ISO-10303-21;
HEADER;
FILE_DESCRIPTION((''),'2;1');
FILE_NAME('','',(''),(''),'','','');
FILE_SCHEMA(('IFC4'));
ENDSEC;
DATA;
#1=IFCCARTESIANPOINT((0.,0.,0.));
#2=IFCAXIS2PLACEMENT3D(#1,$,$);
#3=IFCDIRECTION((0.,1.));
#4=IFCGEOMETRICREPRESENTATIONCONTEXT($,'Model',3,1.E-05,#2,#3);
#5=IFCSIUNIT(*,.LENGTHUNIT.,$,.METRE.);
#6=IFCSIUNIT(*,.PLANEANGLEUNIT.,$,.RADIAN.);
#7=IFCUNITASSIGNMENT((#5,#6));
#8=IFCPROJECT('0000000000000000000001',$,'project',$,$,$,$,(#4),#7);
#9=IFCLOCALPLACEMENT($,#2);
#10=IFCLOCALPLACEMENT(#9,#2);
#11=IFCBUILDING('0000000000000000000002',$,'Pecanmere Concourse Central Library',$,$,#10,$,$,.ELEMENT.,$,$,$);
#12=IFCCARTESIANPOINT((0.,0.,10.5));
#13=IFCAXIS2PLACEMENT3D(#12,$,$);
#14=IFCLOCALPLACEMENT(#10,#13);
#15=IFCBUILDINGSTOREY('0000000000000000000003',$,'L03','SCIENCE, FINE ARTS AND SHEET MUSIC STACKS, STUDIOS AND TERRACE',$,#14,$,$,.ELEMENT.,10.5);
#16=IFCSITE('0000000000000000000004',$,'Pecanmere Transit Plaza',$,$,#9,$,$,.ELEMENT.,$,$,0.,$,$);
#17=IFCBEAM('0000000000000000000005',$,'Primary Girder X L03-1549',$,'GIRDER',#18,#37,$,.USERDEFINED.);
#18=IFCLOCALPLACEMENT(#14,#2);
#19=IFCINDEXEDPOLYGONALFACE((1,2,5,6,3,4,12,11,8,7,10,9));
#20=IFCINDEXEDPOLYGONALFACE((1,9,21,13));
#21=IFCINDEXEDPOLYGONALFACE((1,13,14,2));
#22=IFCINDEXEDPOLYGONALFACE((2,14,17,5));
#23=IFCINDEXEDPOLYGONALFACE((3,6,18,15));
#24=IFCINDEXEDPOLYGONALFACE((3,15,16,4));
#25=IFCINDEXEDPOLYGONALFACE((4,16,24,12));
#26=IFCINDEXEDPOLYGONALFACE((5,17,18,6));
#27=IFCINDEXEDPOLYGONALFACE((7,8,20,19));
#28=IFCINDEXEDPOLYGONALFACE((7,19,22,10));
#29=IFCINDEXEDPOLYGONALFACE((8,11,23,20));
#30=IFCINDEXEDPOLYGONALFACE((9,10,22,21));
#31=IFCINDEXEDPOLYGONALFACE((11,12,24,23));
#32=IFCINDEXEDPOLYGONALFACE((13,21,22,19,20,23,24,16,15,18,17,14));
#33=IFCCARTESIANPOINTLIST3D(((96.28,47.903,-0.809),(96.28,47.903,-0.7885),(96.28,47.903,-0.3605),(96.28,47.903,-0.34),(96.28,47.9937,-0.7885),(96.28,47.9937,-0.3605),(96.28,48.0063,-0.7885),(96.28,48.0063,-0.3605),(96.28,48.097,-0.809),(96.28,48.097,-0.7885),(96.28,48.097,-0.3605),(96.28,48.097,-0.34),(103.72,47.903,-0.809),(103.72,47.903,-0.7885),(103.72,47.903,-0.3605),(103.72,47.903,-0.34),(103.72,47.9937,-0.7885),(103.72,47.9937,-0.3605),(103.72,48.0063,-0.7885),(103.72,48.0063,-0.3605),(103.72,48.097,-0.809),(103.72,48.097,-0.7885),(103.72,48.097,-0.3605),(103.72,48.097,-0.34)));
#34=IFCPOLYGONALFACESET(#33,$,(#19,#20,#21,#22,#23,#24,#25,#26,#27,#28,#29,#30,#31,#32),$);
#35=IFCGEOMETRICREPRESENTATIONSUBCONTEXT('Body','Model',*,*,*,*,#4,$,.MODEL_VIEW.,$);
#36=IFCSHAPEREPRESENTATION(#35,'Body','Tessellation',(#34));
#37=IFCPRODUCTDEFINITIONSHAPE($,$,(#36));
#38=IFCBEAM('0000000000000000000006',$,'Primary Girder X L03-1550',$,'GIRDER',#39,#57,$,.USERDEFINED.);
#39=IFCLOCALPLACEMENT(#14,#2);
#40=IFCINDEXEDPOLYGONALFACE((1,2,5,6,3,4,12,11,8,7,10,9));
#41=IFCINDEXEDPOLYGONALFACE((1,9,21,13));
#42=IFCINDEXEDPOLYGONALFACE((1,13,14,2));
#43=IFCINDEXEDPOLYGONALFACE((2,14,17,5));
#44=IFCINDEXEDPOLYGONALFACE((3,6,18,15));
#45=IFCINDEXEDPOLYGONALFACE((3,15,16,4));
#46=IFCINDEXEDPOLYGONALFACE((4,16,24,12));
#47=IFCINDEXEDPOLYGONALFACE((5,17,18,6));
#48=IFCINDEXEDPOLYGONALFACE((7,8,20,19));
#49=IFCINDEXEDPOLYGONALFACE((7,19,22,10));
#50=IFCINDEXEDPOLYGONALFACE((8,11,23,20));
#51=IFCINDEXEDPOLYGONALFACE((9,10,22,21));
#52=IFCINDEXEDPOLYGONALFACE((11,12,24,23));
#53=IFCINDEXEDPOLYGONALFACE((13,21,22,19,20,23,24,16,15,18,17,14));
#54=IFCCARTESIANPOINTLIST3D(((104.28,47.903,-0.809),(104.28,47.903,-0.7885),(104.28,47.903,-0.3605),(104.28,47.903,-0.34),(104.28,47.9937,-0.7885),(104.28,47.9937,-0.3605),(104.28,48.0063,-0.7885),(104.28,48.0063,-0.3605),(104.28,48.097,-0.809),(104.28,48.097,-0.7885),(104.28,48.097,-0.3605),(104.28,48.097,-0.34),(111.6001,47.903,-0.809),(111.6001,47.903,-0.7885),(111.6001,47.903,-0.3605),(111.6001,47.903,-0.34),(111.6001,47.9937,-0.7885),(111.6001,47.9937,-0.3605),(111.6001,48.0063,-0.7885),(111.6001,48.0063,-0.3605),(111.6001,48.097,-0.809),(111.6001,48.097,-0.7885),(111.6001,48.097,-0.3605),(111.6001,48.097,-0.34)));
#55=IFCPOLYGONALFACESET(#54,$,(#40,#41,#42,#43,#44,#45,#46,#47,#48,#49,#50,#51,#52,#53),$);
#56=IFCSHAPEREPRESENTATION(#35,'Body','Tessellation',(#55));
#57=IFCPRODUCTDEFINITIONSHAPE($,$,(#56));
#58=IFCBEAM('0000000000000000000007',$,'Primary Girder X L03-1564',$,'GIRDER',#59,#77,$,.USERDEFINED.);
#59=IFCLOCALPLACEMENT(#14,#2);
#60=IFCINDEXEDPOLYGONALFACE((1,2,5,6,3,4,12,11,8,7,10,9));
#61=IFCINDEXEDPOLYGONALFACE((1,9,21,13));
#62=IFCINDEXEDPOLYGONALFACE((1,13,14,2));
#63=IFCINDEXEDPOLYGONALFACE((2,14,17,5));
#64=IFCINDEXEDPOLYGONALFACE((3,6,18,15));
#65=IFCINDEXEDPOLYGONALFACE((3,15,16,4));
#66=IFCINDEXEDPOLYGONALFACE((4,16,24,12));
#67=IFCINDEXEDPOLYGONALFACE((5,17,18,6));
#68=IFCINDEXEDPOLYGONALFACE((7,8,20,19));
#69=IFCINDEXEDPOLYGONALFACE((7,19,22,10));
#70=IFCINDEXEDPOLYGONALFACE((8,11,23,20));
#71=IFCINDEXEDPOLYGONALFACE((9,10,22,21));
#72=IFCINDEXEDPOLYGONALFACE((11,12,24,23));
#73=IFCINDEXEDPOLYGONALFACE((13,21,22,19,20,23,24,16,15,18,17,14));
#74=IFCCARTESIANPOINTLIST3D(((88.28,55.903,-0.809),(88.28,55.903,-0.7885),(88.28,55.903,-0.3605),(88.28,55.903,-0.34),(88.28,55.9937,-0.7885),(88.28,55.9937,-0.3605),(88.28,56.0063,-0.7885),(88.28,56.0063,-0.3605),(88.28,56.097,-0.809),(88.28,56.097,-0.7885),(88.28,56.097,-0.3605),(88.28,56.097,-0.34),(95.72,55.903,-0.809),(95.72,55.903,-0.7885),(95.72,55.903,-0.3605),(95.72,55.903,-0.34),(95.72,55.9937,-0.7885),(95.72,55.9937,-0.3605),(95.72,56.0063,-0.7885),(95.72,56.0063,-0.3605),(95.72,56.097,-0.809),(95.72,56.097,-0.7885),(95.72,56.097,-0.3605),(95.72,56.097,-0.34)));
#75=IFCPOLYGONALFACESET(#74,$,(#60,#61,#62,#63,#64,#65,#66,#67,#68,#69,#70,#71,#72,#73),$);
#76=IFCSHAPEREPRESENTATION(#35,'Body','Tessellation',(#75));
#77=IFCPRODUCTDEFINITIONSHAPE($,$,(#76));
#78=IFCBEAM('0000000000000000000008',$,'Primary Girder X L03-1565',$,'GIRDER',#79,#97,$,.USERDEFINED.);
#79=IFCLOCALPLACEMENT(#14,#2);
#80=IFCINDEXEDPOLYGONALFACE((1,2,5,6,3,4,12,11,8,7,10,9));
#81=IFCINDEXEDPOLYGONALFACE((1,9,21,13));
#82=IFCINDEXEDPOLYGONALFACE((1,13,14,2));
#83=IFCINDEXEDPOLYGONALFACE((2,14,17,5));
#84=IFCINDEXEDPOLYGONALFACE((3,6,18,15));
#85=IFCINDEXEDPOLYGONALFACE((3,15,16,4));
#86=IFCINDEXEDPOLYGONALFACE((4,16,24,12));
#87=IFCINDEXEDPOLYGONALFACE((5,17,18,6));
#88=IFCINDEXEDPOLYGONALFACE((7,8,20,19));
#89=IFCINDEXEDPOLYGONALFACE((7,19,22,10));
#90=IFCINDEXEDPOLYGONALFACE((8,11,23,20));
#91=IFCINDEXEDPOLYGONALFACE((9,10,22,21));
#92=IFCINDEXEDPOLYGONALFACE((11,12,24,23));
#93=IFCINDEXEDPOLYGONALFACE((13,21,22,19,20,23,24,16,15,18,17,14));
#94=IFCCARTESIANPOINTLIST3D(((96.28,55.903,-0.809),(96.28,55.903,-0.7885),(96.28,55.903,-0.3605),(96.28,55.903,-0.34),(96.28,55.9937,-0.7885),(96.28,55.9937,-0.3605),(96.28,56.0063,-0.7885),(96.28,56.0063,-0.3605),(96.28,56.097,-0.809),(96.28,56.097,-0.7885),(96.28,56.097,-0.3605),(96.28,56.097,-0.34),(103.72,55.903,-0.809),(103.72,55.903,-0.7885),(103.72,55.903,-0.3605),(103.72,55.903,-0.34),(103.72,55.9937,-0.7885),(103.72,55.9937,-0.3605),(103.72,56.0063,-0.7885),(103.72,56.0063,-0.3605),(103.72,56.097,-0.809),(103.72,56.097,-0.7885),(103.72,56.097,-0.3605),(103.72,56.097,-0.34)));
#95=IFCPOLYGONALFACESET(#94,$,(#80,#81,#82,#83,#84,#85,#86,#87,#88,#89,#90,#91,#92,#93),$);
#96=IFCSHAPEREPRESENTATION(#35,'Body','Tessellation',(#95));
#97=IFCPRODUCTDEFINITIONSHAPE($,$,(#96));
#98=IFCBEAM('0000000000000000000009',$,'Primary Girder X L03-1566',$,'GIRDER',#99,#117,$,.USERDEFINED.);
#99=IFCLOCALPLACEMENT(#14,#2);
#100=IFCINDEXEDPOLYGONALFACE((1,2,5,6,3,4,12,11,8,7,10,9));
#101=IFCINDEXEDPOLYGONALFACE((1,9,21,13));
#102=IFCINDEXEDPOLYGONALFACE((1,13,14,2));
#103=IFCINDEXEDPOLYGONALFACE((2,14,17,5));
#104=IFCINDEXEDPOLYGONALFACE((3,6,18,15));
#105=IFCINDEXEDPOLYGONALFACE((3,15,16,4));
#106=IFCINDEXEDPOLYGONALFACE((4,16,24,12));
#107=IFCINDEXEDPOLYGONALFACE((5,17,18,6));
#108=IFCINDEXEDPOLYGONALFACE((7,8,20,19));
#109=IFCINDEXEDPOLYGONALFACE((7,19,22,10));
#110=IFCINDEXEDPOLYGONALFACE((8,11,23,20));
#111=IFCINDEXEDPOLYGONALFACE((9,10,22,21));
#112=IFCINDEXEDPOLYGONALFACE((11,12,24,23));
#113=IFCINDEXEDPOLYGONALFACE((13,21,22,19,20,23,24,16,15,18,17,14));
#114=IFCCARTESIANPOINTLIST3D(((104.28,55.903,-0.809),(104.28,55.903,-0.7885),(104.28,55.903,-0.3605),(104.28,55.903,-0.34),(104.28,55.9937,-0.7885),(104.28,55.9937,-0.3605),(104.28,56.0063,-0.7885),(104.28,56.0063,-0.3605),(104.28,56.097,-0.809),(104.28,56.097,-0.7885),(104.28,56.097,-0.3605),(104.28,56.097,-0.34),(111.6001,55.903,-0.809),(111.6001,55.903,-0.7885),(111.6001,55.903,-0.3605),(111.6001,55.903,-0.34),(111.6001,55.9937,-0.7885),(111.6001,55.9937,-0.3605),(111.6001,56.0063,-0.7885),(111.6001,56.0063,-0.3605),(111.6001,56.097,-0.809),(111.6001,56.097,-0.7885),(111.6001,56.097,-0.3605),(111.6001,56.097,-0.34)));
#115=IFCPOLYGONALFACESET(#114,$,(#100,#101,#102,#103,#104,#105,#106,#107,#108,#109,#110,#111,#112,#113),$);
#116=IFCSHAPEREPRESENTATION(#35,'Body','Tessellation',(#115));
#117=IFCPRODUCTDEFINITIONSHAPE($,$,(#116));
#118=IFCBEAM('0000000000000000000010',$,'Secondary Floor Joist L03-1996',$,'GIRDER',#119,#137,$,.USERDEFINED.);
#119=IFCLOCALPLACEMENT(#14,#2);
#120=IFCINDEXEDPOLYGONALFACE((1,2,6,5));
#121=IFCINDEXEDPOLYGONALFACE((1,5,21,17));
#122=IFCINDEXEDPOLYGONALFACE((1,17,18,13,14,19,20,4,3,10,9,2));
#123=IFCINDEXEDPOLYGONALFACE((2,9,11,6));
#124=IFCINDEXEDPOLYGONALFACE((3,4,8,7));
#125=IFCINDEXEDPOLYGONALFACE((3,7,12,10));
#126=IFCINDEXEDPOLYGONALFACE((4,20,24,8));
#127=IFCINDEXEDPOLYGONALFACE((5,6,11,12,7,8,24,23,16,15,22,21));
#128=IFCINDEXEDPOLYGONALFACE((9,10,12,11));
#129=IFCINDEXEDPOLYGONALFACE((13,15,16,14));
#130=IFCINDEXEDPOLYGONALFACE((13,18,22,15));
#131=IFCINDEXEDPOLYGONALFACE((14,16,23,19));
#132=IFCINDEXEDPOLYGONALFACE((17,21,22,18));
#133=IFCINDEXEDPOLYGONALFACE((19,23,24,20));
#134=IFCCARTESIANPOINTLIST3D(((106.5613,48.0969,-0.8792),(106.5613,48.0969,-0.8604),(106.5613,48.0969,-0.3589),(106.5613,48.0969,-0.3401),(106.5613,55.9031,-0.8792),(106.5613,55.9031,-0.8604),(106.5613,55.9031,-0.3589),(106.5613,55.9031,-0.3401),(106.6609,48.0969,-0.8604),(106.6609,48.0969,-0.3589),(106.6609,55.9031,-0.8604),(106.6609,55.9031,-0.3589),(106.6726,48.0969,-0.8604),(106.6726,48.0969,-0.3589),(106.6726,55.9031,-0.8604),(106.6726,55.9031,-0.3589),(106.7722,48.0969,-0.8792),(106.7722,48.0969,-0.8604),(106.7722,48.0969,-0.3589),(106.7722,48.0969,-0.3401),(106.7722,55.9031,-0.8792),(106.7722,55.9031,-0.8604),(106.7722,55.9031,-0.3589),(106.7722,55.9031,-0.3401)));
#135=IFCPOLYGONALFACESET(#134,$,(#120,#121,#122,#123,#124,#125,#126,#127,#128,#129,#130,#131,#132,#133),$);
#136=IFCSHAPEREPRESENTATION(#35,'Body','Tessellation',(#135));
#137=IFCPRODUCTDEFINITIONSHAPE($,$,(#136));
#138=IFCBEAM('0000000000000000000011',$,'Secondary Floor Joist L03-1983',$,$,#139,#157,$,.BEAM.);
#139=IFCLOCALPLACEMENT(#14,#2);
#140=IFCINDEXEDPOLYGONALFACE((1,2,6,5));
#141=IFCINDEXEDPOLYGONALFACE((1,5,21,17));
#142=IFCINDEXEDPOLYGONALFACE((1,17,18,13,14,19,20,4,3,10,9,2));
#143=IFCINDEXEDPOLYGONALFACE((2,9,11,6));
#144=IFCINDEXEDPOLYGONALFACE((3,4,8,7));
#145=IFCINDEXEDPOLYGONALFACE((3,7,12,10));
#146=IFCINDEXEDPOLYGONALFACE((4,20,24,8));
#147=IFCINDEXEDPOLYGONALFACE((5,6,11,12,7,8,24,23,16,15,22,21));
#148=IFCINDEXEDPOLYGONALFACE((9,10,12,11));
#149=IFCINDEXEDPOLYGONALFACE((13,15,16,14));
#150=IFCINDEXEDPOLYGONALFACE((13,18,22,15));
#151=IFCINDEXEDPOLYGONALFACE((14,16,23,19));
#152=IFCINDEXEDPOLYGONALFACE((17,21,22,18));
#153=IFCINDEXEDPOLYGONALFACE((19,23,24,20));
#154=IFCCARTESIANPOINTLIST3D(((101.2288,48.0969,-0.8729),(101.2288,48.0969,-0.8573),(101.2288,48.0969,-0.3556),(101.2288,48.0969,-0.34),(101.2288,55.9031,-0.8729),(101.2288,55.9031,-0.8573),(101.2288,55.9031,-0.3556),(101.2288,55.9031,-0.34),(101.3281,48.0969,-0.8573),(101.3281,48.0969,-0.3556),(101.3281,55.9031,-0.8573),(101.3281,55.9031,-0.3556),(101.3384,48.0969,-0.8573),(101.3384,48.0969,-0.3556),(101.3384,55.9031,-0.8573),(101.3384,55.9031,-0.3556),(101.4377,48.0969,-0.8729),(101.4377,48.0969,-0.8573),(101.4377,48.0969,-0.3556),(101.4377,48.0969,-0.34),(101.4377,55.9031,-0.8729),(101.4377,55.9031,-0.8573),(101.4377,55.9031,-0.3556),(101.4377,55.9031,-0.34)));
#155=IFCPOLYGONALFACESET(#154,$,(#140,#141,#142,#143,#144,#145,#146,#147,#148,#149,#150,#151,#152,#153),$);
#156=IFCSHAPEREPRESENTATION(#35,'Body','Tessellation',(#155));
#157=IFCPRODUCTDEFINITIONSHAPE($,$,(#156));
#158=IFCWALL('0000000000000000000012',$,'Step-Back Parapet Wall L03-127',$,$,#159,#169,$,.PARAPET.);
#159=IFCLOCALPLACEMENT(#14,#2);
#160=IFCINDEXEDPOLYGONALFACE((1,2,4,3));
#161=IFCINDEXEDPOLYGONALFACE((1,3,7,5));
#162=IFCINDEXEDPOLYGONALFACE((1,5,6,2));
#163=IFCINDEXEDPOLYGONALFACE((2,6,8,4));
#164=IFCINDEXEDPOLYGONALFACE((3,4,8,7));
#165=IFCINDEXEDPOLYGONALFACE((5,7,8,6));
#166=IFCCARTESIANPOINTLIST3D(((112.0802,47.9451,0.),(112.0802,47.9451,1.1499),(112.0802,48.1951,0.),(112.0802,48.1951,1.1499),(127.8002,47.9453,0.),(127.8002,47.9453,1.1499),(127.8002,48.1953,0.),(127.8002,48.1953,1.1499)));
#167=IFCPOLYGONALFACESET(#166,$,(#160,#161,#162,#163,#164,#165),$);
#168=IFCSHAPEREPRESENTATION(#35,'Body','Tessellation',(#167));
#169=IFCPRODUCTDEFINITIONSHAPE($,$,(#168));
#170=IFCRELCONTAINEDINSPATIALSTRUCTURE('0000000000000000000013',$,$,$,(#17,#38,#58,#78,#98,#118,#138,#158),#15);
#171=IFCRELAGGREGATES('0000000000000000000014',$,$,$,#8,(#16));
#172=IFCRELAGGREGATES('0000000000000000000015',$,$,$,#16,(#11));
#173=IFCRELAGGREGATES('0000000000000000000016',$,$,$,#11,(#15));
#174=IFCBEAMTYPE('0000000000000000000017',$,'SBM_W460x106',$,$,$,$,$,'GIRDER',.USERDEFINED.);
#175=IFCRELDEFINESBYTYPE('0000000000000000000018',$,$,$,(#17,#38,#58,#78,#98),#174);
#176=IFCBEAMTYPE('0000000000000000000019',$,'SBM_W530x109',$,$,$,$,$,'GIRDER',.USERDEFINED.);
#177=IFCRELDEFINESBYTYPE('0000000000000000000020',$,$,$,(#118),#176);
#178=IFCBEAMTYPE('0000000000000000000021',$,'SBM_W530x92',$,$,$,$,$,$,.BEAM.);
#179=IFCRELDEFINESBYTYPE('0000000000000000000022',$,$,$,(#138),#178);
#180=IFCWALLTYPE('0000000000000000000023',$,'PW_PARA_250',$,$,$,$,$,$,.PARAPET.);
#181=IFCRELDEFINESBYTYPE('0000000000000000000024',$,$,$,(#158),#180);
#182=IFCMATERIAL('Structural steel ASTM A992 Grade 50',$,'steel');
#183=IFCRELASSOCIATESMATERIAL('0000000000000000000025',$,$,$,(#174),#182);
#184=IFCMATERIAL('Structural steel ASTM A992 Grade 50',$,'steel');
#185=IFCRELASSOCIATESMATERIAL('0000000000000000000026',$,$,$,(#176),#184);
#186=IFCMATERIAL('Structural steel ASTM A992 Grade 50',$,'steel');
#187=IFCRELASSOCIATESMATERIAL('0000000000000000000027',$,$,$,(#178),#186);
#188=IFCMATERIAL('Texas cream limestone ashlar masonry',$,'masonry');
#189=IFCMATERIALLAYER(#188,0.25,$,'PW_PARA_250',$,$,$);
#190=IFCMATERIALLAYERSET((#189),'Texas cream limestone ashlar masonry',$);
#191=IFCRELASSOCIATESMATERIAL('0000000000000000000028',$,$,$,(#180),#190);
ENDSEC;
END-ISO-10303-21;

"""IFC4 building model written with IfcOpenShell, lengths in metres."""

from ifc_helpers import new_model, si_unit, direction, frame, frame_2d, origin, origin_2d, place, context, subcontext, project, spatial, rectangle, i_section, extrude, material, layer, layer_set, material_profile, profile_set, type_object, element, save


model = new_model("IFC4")

# Units and contexts
model_context = context("Model", 3, precision=1e-05, world=origin(), true_north=direction((0.0, 1.0)))
body_context = subcontext(model_context, "Body", "Model", "MODEL_VIEW")
ifc_project = project(units=[si_unit("LENGTHUNIT", "METRE"), si_unit("PLANEANGLEUNIT", "RADIAN")], contexts=[model_context])

# Site, building, storey
site_placement = place(None, origin())
site = spatial("IfcSite", under=ifc_project, at=site_placement, Name="Pecanmere Transit Plaza", CompositionType="ELEMENT", RefElevation=0.0)
building_placement = place(site_placement, origin())
building = spatial("IfcBuilding", under=site, at=building_placement, Name="Pecanmere Concourse Central Library", CompositionType="ELEMENT")
storey_placement = place(building_placement, frame((0.0, 0.0, 10.5)))
storey = spatial("IfcBuildingStorey", under=building, at=storey_placement, Name="L03", Description="SCIENCE, FINE ARTS AND SHEET MUSIC STACKS, STUDIOS AND TERRACE", CompositionType="ELEMENT", Elevation=10.5)

# Beams
ifc_material_1 = material(Name="Structural steel ASTM A992 Grade 50", Category="steel")
ifc_material_profile_1 = material_profile(ifc_material_1, i_section(OverallWidth=0.1941, OverallDepth=0.469, WebThickness=0.0127, FlangeThickness=0.0205, at=origin_2d()), Name="W460x106")
ifc_profile_set_1 = profile_set([ifc_material_profile_1], Name="Structural steel ASTM A992 Grade 50")
beam_type_1 = type_object("IfcBeamType", Name="SBM_W460x106", ElementType="GIRDER", PredefinedType="USERDEFINED", material=ifc_profile_set_1)
beam_1_placement = place(storey_placement, frame((96.28, 48.0, -0.5745), z_axis=(1.0, 0.0, 0.0), x_axis=(0.0, 1.0, 0.0)))
element("IfcBeam", 1, at=beam_1_placement, inside=storey, type_object=beam_type_1, Name="Primary Girder X L03-1549", ObjectType="GIRDER", PredefinedType="USERDEFINED", context=body_context, shape_type="SweptSolid", body=[
    extrude(i_section(OverallWidth=0.1941, OverallDepth=0.469, WebThickness=0.0127, FlangeThickness=0.0205, at=origin_2d()), origin(), (0.0, 0.0, 1.0), 7.4399),
])
beam_2_placement = place(storey_placement, frame((104.28, 48.0, -0.5745), z_axis=(1.0, 0.0, 0.0), x_axis=(0.0, 1.0, 0.0)))
element("IfcBeam", 2, at=beam_2_placement, inside=storey, type_object=beam_type_1, Name="Primary Girder X L03-1550", ObjectType="GIRDER", PredefinedType="USERDEFINED", context=body_context, shape_type="SweptSolid", body=[
    extrude(i_section(OverallWidth=0.1941, OverallDepth=0.469, WebThickness=0.0127, FlangeThickness=0.0205, at=origin_2d()), origin(), (0.0, 0.0, 1.0), 7.3201),
])
for number, where, z_axis, x_axis, name in (
    (3, (88.28, 56.0, -0.5745), (1.0, 0.0, 0.0), (0.0, 1.0, 0.0), "Primary Girder X L03-1564"),
    (4, (96.28, 56.0, -0.5745), (1.0, 0.0, 0.0), (0.0, 1.0, 0.0), "Primary Girder X L03-1565"),
):
    element("IfcBeam", number, at=place(storey_placement, frame(where, z_axis=z_axis, x_axis=x_axis)), inside=storey, type_object=beam_type_1, Name=name, ObjectType="GIRDER", PredefinedType="USERDEFINED", context=body_context, shape_type="SweptSolid", body=[
        extrude(i_section(OverallWidth=0.1941, OverallDepth=0.469, WebThickness=0.0127, FlangeThickness=0.0205, at=origin_2d()), origin(), (0.0, 0.0, 1.0), 7.4399),
    ])
beam_3_placement = place(storey_placement, frame((104.28, 56.0, -0.5745), z_axis=(1.0, 0.0, 0.0), x_axis=(0.0, 1.0, 0.0)))
element("IfcBeam", 5, at=beam_3_placement, inside=storey, type_object=beam_type_1, Name="Primary Girder X L03-1566", ObjectType="GIRDER", PredefinedType="USERDEFINED", context=body_context, shape_type="SweptSolid", body=[
    extrude(i_section(OverallWidth=0.1941, OverallDepth=0.469, WebThickness=0.0127, FlangeThickness=0.0205, at=origin_2d()), origin(), (0.0, 0.0, 1.0), 7.3201),
])
ifc_material_2 = material(Name="Structural steel ASTM A992 Grade 50", Category="steel")
ifc_material_profile_2 = material_profile(ifc_material_2, i_section(OverallWidth=0.2109, OverallDepth=0.5391, WebThickness=0.0117, FlangeThickness=0.0188, at=origin_2d()), Name="W530x109")
ifc_profile_set_2 = profile_set([ifc_material_profile_2], Name="Structural steel ASTM A992 Grade 50")
beam_type_2 = type_object("IfcBeamType", Name="SBM_W530x109", ElementType="GIRDER", PredefinedType="USERDEFINED", material=ifc_profile_set_2)
beam_4_placement = place(storey_placement, frame((106.6667, 48.0969, -0.6096), z_axis=(0.0, 1.0, 0.0), x_axis=(-1.0, 0.0, 0.0)))
element("IfcBeam", 6, at=beam_4_placement, inside=storey, type_object=beam_type_2, Name="Secondary Floor Joist L03-1996", ObjectType="GIRDER", PredefinedType="USERDEFINED", context=body_context, shape_type="SweptSolid", body=[
    extrude(i_section(OverallWidth=0.2109, OverallDepth=0.5391, WebThickness=0.0117, FlangeThickness=0.0188, at=origin_2d()), origin(), (0.0, 0.0, 1.0), 7.8062),
])
ifc_material_3 = material(Name="Structural steel ASTM A992 Grade 50", Category="steel")
ifc_material_profile_3 = material_profile(ifc_material_3, i_section(OverallWidth=0.209, OverallDepth=0.533, WebThickness=0.0103, FlangeThickness=0.0156, at=origin_2d()), Name="W530x92")
ifc_profile_set_3 = profile_set([ifc_material_profile_3], Name="Structural steel ASTM A992 Grade 50")
beam_type_3 = type_object("IfcBeamType", Name="SBM_W530x92", PredefinedType="BEAM", material=ifc_profile_set_3)
beam_5_placement = place(storey_placement, frame((101.3333, 48.0969, -0.6064), z_axis=(0.0, 1.0, 0.0), x_axis=(-1.0, 0.0, 0.0)))
element("IfcBeam", 7, at=beam_5_placement, inside=storey, type_object=beam_type_3, Name="Secondary Floor Joist L03-1983", PredefinedType="BEAM", context=body_context, shape_type="SweptSolid", body=[
    extrude(i_section(OverallWidth=0.209, OverallDepth=0.533, WebThickness=0.0103, FlangeThickness=0.0156, at=origin_2d()), origin(), (0.0, 0.0, 1.0), 7.8062),
])

# Wall
ifc_material_4 = material(Name="Texas cream limestone ashlar masonry", Category="masonry")
ifc_layer_1 = layer(ifc_material_4, 0.25, Name="PW_PARA_250")
ifc_layer_set_1 = layer_set([ifc_layer_1], Name="Texas cream limestone ashlar masonry")
wall_type_1 = type_object("IfcWallType", Name="PW_PARA_250", PredefinedType="PARAPET", material=ifc_layer_set_1)
wall_1_placement = place(storey_placement, frame((127.8, 48.0703, 0.0), z_axis=(0.0, 0.0, 1.0), x_axis=(-1.0, -0.000016, 0.0)))
element("IfcWall", 8, at=wall_1_placement, inside=storey, type_object=wall_type_1, Name="Step-Back Parapet Wall L03-127", PredefinedType="PARAPET", context=body_context, shape_type="SweptSolid", body=[
    extrude(rectangle(XDim=15.72, YDim=0.25, at=frame_2d((7.8599, 0.0))), origin(), (0.0, 0.0, 1.0), 1.1499),
])

save(model, "model.ifc")
